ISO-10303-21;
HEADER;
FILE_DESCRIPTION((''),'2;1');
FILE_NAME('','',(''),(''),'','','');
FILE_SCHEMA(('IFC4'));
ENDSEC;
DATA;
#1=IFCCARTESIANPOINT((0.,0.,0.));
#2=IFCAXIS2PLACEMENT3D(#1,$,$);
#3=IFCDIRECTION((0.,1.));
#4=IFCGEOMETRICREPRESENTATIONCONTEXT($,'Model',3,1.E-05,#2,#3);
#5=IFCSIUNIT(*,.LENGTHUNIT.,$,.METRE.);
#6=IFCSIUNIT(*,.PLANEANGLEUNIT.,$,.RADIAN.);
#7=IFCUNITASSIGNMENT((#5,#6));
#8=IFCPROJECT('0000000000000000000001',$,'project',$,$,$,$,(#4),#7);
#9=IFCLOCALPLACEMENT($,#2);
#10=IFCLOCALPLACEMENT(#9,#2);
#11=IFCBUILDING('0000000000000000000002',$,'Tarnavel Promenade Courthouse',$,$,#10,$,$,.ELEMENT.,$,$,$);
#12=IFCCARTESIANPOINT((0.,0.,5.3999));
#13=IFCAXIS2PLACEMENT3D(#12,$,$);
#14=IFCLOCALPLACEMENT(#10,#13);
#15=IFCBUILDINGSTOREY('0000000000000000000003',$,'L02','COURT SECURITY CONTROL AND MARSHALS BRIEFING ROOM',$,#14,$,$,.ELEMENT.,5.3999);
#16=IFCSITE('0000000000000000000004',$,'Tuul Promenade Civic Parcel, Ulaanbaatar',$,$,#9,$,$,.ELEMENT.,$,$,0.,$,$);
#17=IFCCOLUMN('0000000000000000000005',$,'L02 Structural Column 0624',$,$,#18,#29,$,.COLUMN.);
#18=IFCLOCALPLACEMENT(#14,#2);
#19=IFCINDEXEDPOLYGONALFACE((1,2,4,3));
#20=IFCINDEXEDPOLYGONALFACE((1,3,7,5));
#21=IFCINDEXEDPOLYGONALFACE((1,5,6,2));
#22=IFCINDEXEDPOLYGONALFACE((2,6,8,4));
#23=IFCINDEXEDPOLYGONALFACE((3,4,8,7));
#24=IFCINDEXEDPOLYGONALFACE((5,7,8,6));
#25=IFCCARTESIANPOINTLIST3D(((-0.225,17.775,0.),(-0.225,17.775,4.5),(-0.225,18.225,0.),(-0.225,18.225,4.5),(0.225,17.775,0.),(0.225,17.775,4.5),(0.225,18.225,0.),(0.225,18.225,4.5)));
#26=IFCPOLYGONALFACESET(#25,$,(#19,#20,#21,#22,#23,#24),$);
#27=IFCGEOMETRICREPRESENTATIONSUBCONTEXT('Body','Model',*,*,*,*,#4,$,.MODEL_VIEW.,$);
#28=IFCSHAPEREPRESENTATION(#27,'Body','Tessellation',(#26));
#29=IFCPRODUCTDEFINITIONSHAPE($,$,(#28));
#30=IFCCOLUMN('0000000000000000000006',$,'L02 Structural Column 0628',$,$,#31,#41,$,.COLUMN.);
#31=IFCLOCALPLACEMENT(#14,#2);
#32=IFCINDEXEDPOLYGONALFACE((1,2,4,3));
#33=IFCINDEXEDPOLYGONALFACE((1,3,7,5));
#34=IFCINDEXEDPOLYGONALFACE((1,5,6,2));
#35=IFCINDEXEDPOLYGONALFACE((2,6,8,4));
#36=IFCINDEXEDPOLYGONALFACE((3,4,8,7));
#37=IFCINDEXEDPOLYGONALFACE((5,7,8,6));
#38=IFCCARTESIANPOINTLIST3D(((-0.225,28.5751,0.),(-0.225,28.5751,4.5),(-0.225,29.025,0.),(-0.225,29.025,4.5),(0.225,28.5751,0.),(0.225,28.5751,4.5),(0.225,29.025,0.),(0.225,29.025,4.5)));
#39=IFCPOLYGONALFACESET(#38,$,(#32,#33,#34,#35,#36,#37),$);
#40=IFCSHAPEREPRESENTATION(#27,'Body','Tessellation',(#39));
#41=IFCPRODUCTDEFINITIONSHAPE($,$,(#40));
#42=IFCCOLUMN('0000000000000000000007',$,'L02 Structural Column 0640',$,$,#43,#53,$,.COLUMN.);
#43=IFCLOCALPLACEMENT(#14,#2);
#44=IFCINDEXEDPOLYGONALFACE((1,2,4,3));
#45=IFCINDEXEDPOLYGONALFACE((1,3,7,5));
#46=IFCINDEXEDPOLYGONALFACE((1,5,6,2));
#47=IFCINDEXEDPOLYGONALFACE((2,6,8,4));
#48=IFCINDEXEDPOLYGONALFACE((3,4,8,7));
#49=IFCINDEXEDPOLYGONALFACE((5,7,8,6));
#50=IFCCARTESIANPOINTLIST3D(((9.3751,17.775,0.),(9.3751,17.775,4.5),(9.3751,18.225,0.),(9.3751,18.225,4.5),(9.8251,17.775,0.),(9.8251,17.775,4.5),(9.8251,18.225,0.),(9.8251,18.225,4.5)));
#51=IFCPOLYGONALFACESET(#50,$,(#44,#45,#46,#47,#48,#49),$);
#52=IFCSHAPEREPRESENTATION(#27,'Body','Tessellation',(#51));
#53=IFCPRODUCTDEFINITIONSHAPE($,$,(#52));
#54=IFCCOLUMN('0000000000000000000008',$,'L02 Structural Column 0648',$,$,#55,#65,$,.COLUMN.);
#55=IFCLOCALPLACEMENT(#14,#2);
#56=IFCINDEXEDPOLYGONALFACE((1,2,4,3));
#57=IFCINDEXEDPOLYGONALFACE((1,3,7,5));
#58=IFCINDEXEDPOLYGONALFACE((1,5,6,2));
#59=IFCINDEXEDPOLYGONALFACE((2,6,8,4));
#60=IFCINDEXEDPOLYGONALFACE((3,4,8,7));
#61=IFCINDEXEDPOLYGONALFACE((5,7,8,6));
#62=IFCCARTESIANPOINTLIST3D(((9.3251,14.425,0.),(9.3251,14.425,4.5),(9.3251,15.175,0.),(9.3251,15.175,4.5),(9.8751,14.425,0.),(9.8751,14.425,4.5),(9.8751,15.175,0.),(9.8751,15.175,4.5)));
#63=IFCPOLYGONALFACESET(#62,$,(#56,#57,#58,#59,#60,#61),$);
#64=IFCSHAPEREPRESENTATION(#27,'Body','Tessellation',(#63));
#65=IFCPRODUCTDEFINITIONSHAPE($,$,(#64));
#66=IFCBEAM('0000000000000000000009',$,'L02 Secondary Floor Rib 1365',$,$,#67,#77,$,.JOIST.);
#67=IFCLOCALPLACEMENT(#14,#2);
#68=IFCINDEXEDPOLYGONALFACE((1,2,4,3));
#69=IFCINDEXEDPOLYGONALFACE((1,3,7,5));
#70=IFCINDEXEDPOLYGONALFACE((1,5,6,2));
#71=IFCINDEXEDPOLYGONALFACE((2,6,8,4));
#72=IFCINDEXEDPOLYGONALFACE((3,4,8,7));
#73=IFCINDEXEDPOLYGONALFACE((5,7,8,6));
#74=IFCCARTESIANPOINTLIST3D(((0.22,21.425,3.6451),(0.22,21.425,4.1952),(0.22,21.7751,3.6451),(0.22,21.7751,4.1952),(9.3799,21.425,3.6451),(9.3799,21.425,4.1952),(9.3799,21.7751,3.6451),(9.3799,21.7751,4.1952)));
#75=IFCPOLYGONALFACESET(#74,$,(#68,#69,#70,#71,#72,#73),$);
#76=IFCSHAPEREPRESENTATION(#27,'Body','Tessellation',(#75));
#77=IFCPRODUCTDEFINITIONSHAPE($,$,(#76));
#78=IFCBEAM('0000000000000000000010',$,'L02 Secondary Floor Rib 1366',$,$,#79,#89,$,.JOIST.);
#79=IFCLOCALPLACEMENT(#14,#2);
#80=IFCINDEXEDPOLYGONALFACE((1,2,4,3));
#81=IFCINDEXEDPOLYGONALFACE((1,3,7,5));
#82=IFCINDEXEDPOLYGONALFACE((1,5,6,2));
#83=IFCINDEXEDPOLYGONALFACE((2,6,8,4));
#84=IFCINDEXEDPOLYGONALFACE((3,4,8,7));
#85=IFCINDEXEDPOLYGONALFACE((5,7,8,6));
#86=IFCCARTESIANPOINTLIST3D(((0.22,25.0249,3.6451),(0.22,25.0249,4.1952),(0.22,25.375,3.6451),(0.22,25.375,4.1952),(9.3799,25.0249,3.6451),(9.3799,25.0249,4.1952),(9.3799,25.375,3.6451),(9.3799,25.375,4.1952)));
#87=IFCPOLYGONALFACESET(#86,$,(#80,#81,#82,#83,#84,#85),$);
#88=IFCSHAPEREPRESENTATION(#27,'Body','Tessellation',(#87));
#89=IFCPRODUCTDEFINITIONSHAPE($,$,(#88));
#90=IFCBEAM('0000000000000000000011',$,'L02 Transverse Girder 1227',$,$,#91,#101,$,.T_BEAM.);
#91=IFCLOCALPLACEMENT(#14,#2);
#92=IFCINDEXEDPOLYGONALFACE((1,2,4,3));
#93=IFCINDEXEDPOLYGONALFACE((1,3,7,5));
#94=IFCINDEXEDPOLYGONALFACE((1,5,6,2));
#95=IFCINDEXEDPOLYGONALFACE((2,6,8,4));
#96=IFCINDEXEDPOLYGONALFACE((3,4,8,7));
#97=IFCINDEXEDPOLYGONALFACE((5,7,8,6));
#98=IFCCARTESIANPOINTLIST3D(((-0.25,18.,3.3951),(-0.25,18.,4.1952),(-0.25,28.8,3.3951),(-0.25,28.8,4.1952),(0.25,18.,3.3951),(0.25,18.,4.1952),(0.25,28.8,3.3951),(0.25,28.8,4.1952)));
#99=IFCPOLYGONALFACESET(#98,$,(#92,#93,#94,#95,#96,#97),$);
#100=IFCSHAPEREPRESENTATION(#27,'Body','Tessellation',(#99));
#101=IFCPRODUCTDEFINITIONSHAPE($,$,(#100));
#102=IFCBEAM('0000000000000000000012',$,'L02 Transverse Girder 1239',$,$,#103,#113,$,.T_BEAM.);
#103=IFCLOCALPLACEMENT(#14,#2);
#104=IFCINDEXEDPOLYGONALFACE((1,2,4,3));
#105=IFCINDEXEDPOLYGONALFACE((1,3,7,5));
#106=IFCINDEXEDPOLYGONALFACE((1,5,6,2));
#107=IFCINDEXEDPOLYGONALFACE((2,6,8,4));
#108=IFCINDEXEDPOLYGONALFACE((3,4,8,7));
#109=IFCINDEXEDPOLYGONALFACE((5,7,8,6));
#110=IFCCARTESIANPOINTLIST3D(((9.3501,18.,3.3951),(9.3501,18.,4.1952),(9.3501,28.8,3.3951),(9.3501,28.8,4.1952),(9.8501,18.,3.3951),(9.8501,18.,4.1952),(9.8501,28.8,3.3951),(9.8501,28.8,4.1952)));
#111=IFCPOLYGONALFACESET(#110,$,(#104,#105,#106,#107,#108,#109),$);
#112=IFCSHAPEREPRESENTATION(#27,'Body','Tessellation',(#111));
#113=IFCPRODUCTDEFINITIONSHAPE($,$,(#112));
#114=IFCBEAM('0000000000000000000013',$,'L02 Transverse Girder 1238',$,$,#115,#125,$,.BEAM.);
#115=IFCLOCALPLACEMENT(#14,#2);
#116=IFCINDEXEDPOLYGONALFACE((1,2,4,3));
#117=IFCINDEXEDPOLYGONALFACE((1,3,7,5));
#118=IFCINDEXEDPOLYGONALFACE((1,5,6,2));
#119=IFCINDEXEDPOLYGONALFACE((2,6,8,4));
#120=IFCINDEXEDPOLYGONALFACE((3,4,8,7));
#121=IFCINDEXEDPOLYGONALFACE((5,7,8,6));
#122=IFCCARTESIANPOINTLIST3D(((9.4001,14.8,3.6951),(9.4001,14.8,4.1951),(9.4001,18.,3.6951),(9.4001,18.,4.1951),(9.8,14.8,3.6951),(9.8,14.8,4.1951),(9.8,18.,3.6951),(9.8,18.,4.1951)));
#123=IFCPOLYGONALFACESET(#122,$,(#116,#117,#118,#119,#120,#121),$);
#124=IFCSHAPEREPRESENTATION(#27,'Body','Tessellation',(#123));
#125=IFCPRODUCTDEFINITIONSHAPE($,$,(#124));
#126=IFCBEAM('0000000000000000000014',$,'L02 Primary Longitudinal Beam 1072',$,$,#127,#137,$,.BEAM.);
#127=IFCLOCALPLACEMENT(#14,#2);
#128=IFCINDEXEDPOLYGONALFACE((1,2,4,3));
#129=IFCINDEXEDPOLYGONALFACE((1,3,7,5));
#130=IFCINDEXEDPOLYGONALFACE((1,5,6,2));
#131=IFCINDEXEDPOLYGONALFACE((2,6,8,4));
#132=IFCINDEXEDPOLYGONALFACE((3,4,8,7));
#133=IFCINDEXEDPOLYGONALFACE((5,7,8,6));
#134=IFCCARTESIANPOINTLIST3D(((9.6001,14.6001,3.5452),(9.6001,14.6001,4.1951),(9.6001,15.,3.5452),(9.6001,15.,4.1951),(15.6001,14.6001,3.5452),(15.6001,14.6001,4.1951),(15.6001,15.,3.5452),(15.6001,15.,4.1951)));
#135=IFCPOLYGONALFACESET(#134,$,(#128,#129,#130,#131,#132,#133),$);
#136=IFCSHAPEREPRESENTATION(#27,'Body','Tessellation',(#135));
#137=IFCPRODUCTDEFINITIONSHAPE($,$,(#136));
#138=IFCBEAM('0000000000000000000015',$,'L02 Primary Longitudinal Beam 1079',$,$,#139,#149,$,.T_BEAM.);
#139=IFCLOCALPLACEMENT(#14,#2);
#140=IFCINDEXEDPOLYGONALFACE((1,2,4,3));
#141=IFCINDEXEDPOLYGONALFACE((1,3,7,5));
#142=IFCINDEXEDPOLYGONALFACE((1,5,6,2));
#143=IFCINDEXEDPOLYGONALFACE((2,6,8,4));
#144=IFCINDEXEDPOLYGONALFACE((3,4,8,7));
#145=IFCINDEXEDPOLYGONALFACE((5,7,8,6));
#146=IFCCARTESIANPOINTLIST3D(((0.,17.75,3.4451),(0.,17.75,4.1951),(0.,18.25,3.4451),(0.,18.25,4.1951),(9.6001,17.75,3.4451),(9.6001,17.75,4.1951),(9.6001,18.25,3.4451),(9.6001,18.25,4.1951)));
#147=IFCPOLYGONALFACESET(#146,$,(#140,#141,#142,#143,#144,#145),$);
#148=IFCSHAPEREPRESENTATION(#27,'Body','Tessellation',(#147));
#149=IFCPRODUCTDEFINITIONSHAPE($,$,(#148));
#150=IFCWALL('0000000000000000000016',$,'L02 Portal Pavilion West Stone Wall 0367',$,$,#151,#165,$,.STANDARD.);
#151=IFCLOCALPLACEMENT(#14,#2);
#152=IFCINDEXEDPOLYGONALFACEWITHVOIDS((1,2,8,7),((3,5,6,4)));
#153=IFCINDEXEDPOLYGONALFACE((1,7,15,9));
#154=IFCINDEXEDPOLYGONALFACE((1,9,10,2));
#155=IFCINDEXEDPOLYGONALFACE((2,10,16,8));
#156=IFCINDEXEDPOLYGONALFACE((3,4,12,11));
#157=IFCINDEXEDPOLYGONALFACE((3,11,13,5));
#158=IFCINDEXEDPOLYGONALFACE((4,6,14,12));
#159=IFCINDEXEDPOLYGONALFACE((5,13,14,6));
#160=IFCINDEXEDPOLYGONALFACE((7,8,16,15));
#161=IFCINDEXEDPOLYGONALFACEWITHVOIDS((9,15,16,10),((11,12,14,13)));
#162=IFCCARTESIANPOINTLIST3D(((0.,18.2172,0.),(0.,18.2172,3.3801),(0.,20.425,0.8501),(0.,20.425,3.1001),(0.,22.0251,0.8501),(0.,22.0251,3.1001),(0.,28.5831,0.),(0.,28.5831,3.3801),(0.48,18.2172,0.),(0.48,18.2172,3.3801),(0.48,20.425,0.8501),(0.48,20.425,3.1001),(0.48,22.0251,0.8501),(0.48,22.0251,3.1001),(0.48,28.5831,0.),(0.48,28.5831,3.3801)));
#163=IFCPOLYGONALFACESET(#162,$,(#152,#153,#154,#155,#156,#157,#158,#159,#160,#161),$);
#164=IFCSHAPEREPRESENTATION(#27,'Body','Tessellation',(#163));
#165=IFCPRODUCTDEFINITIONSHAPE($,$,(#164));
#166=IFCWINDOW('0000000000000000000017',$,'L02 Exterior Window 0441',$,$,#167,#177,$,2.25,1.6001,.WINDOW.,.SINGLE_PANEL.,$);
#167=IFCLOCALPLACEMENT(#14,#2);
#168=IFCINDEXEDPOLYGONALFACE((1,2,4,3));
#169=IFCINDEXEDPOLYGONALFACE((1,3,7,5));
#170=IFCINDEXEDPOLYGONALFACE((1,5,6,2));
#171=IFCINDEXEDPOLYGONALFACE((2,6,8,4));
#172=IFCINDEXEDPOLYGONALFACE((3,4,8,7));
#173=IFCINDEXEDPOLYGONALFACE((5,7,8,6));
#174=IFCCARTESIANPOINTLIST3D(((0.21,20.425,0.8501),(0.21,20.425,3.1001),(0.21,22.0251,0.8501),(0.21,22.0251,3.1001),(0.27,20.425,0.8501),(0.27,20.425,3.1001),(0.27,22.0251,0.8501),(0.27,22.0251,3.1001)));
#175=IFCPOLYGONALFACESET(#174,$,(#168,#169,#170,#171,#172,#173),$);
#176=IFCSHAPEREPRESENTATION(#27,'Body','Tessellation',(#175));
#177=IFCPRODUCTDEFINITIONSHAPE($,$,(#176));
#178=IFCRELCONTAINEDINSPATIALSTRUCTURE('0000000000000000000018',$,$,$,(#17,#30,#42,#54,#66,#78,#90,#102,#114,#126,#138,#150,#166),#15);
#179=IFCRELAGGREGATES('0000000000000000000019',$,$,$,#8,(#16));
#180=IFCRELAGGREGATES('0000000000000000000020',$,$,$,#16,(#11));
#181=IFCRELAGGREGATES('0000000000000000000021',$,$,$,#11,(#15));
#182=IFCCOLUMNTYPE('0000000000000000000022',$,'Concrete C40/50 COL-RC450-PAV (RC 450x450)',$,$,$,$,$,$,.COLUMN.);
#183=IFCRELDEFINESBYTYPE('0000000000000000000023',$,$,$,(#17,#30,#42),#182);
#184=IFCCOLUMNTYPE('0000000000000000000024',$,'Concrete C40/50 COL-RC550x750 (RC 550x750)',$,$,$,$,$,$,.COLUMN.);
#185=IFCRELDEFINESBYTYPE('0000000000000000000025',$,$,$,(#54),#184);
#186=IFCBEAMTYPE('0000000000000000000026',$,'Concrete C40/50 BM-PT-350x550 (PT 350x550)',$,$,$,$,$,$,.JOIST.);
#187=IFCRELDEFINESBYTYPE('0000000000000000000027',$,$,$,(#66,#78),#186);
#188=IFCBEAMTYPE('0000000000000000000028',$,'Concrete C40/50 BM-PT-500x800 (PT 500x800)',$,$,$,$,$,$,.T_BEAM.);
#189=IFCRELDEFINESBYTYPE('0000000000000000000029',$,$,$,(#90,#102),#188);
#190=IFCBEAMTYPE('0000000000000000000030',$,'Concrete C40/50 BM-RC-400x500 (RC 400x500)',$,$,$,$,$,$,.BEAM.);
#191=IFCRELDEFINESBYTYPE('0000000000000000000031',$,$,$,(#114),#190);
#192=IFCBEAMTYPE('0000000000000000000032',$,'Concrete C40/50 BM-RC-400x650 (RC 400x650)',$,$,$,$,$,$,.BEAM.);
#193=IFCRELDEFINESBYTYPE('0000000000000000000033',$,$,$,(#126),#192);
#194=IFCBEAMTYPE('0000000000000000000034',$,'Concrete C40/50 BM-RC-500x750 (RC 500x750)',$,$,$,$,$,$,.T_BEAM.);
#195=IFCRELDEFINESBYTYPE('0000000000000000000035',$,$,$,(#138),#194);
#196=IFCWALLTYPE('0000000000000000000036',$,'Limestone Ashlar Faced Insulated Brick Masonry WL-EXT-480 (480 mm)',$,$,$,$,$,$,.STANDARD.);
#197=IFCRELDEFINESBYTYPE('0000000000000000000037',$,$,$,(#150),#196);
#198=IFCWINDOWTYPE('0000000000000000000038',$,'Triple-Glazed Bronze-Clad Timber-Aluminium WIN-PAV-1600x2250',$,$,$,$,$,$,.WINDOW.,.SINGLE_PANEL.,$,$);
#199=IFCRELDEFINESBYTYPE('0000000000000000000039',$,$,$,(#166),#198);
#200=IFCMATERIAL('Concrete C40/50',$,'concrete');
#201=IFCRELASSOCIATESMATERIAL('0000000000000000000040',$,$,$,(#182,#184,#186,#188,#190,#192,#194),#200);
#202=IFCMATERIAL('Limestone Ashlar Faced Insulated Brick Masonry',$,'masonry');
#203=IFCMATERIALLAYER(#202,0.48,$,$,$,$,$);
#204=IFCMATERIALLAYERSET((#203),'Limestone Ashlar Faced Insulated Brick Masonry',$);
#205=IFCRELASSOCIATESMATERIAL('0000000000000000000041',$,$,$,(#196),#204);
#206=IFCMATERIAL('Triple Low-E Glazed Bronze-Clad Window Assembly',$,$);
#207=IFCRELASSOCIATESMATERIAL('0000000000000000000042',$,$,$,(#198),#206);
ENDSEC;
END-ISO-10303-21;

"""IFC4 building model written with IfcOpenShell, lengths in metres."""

from ifc_helpers import new_model, si_unit, direction, frame, frame_2d, origin, origin_2d, place, context, subcontext, project, spatial, rectangle, extrude, material, layer, layer_set, material_profile, profile_set, type_object, element, fill, save


model = new_model("IFC4")

# Units and contexts
model_context = context("Model", 3, precision=1e-05, world=origin(), true_north=direction((0.0, 1.0)))
body_context = subcontext(model_context, "Body", "Model", "MODEL_VIEW")
ifc_project = project(units=[si_unit("LENGTHUNIT", "METRE"), si_unit("PLANEANGLEUNIT", "RADIAN")], contexts=[model_context])

# Site, building, storey
site_placement = place(None, origin())
site = spatial("IfcSite", under=ifc_project, at=site_placement, Name="Tuul Promenade Civic Parcel, Ulaanbaatar", CompositionType="ELEMENT", RefElevation=0.0)
building_placement = place(site_placement, origin())
building = spatial("IfcBuilding", under=site, at=building_placement, Name="Tarnavel Promenade Courthouse", CompositionType="ELEMENT")
storey_placement = place(building_placement, frame((0.0, 0.0, 5.3999)))
storey = spatial("IfcBuildingStorey", under=building, at=storey_placement, Name="L02", Description="COURT SECURITY CONTROL AND MARSHALS BRIEFING ROOM", CompositionType="ELEMENT", Elevation=5.3999)

# Columns
ifc_material_1 = material(Name="Concrete C40/50", Category="concrete")
ifc_material_profile_1 = material_profile(ifc_material_1, rectangle(XDim=0.45, YDim=0.45, at=origin_2d()), Name="RC 450x450")
ifc_profile_set_1 = profile_set([ifc_material_profile_1], Name="Concrete C40/50")
column_type_1 = type_object("IfcColumnType", Name="Concrete C40/50 COL-RC450-PAV (RC 450x450)", PredefinedType="COLUMN", material=ifc_profile_set_1)
for number, where, z_axis, x_axis, name in (
    (1, (0.0, 18.0, 0.0), (0.0, 0.0, 1.0), (1.0, 0.0, 0.0), "L02 Structural Column 0624"),
    (2, (0.0, 28.8, 0.0), (0.0, 0.0, 1.0), (1.0, 0.0, 0.0), "L02 Structural Column 0628"),
    (3, (9.6001, 18.0, 0.0), (0.0, 0.0, 1.0), (1.0, 0.0, 0.0), "L02 Structural Column 0640"),
):
    element("IfcColumn", number, at=place(storey_placement, frame(where, z_axis=z_axis, x_axis=x_axis)), inside=storey, type_object=column_type_1, Name=name, PredefinedType="COLUMN", context=body_context, shape_type="SweptSolid", body=[
        extrude(rectangle(XDim=0.45, YDim=0.45, at=origin_2d()), origin(), (0.0, 0.0, 1.0), 4.5),
    ])
ifc_material_profile_2 = material_profile(ifc_material_1, rectangle(XDim=0.55, YDim=0.75, at=origin_2d()), Name="RC 550x750")
ifc_profile_set_2 = profile_set([ifc_material_profile_2], Name="Concrete C40/50")
column_type_2 = type_object("IfcColumnType", Name="Concrete C40/50 COL-RC550x750 (RC 550x750)", PredefinedType="COLUMN", material=ifc_profile_set_2)
column_placement = place(storey_placement, frame((9.6001, 14.8, 0.0), z_axis=(0.0, 0.0, 1.0), x_axis=(1.0, 0.0, 0.0)))
element("IfcColumn", 4, at=column_placement, inside=storey, type_object=column_type_2, Name="L02 Structural Column 0648", PredefinedType="COLUMN", context=body_context, shape_type="SweptSolid", body=[
    extrude(rectangle(XDim=0.55, YDim=0.75, at=origin_2d()), origin(), (0.0, 0.0, 1.0), 4.5),
])

# Beams
ifc_material_profile_3 = material_profile(ifc_material_1, rectangle(XDim=0.3501, YDim=0.55, at=origin_2d()), Name="PT 350x550")
ifc_profile_set_3 = profile_set([ifc_material_profile_3], Name="Concrete C40/50")
beam_type_1 = type_object("IfcBeamType", Name="Concrete C40/50 BM-PT-350x550 (PT 350x550)", PredefinedType="JOIST", material=ifc_profile_set_3)
for number, where, z_axis, x_axis, name in (
    (5, (0.22, 21.6001, 3.9202), (1.0, 0.0, 0.0), (0.0, 1.0, 0.0), "L02 Secondary Floor Rib 1365"),
    (6, (0.22, 25.2, 3.9202), (1.0, 0.0, 0.0), (0.0, 1.0, 0.0), "L02 Secondary Floor Rib 1366"),
):
    element("IfcBeam", number, at=place(storey_placement, frame(where, z_axis=z_axis, x_axis=x_axis)), inside=storey, type_object=beam_type_1, Name=name, PredefinedType="JOIST", context=body_context, shape_type="SweptSolid", body=[
        extrude(rectangle(XDim=0.3501, YDim=0.55, at=origin_2d()), origin(), (0.0, 0.0, 1.0), 9.1599),
    ])
ifc_material_profile_4 = material_profile(ifc_material_1, rectangle(XDim=0.5, YDim=0.8, at=origin_2d()), Name="PT 500x800")
ifc_profile_set_4 = profile_set([ifc_material_profile_4], Name="Concrete C40/50")
beam_type_2 = type_object("IfcBeamType", Name="Concrete C40/50 BM-PT-500x800 (PT 500x800)", PredefinedType="T_BEAM", material=ifc_profile_set_4)
for number, where, z_axis, x_axis, name in (
    (7, (0.0, 18.0, 3.7952), (0.0, 1.0, 0.0), (-1.0, 0.0, 0.0), "L02 Transverse Girder 1227"),
    (8, (9.6001, 18.0, 3.7952), (0.0, 1.0, 0.0), (-1.0, 0.0, 0.0), "L02 Transverse Girder 1239"),
):
    element("IfcBeam", number, at=place(storey_placement, frame(where, z_axis=z_axis, x_axis=x_axis)), inside=storey, type_object=beam_type_2, Name=name, PredefinedType="T_BEAM", context=body_context, shape_type="SweptSolid", body=[
        extrude(rectangle(XDim=0.5, YDim=0.8, at=origin_2d()), origin(), (0.0, 0.0, 1.0), 10.8),
    ])
ifc_material_profile_5 = material_profile(ifc_material_1, rectangle(XDim=0.3999, YDim=0.5, at=origin_2d()), Name="RC 400x500")
ifc_profile_set_5 = profile_set([ifc_material_profile_5], Name="Concrete C40/50")
beam_type_3 = type_object("IfcBeamType", Name="Concrete C40/50 BM-RC-400x500 (RC 400x500)", PredefinedType="BEAM", material=ifc_profile_set_5)
beam_1_placement = place(storey_placement, frame((9.6001, 14.8, 3.9451), z_axis=(0.0, 1.0, 0.0), x_axis=(-1.0, 0.0, 0.0)))
element("IfcBeam", 9, at=beam_1_placement, inside=storey, type_object=beam_type_3, Name="L02 Transverse Girder 1238", PredefinedType="BEAM", context=body_context, shape_type="SweptSolid", body=[
    extrude(rectangle(XDim=0.3999, YDim=0.5, at=origin_2d()), origin(), (0.0, 0.0, 1.0), 3.2),
])
ifc_material_profile_6 = material_profile(ifc_material_1, rectangle(XDim=0.3999, YDim=0.6499, at=origin_2d()), Name="RC 400x650")
ifc_profile_set_6 = profile_set([ifc_material_profile_6], Name="Concrete C40/50")
beam_type_4 = type_object("IfcBeamType", Name="Concrete C40/50 BM-RC-400x650 (RC 400x650)", PredefinedType="BEAM", material=ifc_profile_set_6)
beam_2_placement = place(storey_placement, frame((9.6001, 14.8, 3.8701), z_axis=(1.0, 0.0, 0.0), x_axis=(0.0, 1.0, 0.0)))
element("IfcBeam", 10, at=beam_2_placement, inside=storey, type_object=beam_type_4, Name="L02 Primary Longitudinal Beam 1072", PredefinedType="BEAM", context=body_context, shape_type="SweptSolid", body=[
    extrude(rectangle(XDim=0.3999, YDim=0.6499, at=origin_2d()), origin(), (0.0, 0.0, 1.0), 6.0),
])
ifc_material_profile_7 = material_profile(ifc_material_1, rectangle(XDim=0.5, YDim=0.75, at=origin_2d()), Name="RC 500x750")
ifc_profile_set_7 = profile_set([ifc_material_profile_7], Name="Concrete C40/50")
beam_type_5 = type_object("IfcBeamType", Name="Concrete C40/50 BM-RC-500x750 (RC 500x750)", PredefinedType="T_BEAM", material=ifc_profile_set_7)
beam_3_placement = place(storey_placement, frame((0.0, 18.0, 3.8201), z_axis=(1.0, 0.0, 0.0), x_axis=(0.0, 1.0, 0.0)))
element("IfcBeam", 11, at=beam_3_placement, inside=storey, type_object=beam_type_5, Name="L02 Primary Longitudinal Beam 1079", PredefinedType="T_BEAM", context=body_context, shape_type="SweptSolid", body=[
    extrude(rectangle(XDim=0.5, YDim=0.75, at=origin_2d()), origin(), (0.0, 0.0, 1.0), 9.6001),
])

# Wall, opening, window
ifc_material_2 = material(Name="Limestone Ashlar Faced Insulated Brick Masonry", Category="masonry")
ifc_layer_1 = layer(ifc_material_2, 0.48)
ifc_layer_set_1 = layer_set([ifc_layer_1], Name="Limestone Ashlar Faced Insulated Brick Masonry")
wall_type_1 = type_object("IfcWallType", Name="Limestone Ashlar Faced Insulated Brick Masonry WL-EXT-480 (480 mm)", PredefinedType="STANDARD", material=ifc_layer_set_1)
wall_1_placement = place(storey_placement, frame((0.24, 18.217, 0.0), z_axis=(0.0, 0.0, 1.0), x_axis=(0.0, 1.0, 0.0)))
wall_1 = element("IfcWall", 12, at=wall_1_placement, inside=storey, type_object=wall_type_1, Name="L02 Portal Pavilion West Stone Wall 0367", PredefinedType="STANDARD", context=body_context, shape_type="SweptSolid", body=[
    extrude(rectangle(XDim=10.366, YDim=0.48, at=frame_2d((5.1831, 0.0))), origin(), (0.0, 0.0, 1.0), 3.3801),
])
opening_1_placement = place(wall_1_placement, frame((2.208, 0.0, 0.8501)))
opening_1 = element("IfcOpeningElement", 13, at=opening_1_placement, cuts=wall_1, PredefinedType="OPENING", context=body_context, shape_type="SweptSolid", body=[
    extrude(rectangle(XDim=1.6001, YDim=2.25, at=frame_2d((0.8, 1.125))), frame((0.0, 0.25, 0.0), z_axis=(0.0, -1.0, 0.0), x_axis=(1.0, 0.0, 0.0)), (0.0, 0.0, 1.0), 0.5),
])
ifc_material_3 = material(Name="Triple Low-E Glazed Bronze-Clad Window Assembly")
window_type = type_object("IfcWindowType", Name="Triple-Glazed Bronze-Clad Timber-Aluminium WIN-PAV-1600x2250", PartitioningType="SINGLE_PANEL", PredefinedType="WINDOW", material=ifc_material_3)
window_placement = place(opening_1_placement, origin())
window = element("IfcWindow", 14, at=window_placement, inside=storey, type_object=window_type, Name="L02 Exterior Window 0441", OverallHeight=2.25, OverallWidth=1.6001, PartitioningType="SINGLE_PANEL", PredefinedType="WINDOW", context=body_context, shape_type="SweptSolid", body=[
    extrude(rectangle(XDim=1.6001, YDim=2.25, at=frame_2d((0.8, 1.125))), frame((0.0, 0.03, 0.0), z_axis=(0.0, -1.0, 0.0), x_axis=(1.0, 0.0, 0.0)), (0.0, 0.0, 1.0), 0.0601),
])
fill(opening_1, window)

save(model, "model.ifc")
